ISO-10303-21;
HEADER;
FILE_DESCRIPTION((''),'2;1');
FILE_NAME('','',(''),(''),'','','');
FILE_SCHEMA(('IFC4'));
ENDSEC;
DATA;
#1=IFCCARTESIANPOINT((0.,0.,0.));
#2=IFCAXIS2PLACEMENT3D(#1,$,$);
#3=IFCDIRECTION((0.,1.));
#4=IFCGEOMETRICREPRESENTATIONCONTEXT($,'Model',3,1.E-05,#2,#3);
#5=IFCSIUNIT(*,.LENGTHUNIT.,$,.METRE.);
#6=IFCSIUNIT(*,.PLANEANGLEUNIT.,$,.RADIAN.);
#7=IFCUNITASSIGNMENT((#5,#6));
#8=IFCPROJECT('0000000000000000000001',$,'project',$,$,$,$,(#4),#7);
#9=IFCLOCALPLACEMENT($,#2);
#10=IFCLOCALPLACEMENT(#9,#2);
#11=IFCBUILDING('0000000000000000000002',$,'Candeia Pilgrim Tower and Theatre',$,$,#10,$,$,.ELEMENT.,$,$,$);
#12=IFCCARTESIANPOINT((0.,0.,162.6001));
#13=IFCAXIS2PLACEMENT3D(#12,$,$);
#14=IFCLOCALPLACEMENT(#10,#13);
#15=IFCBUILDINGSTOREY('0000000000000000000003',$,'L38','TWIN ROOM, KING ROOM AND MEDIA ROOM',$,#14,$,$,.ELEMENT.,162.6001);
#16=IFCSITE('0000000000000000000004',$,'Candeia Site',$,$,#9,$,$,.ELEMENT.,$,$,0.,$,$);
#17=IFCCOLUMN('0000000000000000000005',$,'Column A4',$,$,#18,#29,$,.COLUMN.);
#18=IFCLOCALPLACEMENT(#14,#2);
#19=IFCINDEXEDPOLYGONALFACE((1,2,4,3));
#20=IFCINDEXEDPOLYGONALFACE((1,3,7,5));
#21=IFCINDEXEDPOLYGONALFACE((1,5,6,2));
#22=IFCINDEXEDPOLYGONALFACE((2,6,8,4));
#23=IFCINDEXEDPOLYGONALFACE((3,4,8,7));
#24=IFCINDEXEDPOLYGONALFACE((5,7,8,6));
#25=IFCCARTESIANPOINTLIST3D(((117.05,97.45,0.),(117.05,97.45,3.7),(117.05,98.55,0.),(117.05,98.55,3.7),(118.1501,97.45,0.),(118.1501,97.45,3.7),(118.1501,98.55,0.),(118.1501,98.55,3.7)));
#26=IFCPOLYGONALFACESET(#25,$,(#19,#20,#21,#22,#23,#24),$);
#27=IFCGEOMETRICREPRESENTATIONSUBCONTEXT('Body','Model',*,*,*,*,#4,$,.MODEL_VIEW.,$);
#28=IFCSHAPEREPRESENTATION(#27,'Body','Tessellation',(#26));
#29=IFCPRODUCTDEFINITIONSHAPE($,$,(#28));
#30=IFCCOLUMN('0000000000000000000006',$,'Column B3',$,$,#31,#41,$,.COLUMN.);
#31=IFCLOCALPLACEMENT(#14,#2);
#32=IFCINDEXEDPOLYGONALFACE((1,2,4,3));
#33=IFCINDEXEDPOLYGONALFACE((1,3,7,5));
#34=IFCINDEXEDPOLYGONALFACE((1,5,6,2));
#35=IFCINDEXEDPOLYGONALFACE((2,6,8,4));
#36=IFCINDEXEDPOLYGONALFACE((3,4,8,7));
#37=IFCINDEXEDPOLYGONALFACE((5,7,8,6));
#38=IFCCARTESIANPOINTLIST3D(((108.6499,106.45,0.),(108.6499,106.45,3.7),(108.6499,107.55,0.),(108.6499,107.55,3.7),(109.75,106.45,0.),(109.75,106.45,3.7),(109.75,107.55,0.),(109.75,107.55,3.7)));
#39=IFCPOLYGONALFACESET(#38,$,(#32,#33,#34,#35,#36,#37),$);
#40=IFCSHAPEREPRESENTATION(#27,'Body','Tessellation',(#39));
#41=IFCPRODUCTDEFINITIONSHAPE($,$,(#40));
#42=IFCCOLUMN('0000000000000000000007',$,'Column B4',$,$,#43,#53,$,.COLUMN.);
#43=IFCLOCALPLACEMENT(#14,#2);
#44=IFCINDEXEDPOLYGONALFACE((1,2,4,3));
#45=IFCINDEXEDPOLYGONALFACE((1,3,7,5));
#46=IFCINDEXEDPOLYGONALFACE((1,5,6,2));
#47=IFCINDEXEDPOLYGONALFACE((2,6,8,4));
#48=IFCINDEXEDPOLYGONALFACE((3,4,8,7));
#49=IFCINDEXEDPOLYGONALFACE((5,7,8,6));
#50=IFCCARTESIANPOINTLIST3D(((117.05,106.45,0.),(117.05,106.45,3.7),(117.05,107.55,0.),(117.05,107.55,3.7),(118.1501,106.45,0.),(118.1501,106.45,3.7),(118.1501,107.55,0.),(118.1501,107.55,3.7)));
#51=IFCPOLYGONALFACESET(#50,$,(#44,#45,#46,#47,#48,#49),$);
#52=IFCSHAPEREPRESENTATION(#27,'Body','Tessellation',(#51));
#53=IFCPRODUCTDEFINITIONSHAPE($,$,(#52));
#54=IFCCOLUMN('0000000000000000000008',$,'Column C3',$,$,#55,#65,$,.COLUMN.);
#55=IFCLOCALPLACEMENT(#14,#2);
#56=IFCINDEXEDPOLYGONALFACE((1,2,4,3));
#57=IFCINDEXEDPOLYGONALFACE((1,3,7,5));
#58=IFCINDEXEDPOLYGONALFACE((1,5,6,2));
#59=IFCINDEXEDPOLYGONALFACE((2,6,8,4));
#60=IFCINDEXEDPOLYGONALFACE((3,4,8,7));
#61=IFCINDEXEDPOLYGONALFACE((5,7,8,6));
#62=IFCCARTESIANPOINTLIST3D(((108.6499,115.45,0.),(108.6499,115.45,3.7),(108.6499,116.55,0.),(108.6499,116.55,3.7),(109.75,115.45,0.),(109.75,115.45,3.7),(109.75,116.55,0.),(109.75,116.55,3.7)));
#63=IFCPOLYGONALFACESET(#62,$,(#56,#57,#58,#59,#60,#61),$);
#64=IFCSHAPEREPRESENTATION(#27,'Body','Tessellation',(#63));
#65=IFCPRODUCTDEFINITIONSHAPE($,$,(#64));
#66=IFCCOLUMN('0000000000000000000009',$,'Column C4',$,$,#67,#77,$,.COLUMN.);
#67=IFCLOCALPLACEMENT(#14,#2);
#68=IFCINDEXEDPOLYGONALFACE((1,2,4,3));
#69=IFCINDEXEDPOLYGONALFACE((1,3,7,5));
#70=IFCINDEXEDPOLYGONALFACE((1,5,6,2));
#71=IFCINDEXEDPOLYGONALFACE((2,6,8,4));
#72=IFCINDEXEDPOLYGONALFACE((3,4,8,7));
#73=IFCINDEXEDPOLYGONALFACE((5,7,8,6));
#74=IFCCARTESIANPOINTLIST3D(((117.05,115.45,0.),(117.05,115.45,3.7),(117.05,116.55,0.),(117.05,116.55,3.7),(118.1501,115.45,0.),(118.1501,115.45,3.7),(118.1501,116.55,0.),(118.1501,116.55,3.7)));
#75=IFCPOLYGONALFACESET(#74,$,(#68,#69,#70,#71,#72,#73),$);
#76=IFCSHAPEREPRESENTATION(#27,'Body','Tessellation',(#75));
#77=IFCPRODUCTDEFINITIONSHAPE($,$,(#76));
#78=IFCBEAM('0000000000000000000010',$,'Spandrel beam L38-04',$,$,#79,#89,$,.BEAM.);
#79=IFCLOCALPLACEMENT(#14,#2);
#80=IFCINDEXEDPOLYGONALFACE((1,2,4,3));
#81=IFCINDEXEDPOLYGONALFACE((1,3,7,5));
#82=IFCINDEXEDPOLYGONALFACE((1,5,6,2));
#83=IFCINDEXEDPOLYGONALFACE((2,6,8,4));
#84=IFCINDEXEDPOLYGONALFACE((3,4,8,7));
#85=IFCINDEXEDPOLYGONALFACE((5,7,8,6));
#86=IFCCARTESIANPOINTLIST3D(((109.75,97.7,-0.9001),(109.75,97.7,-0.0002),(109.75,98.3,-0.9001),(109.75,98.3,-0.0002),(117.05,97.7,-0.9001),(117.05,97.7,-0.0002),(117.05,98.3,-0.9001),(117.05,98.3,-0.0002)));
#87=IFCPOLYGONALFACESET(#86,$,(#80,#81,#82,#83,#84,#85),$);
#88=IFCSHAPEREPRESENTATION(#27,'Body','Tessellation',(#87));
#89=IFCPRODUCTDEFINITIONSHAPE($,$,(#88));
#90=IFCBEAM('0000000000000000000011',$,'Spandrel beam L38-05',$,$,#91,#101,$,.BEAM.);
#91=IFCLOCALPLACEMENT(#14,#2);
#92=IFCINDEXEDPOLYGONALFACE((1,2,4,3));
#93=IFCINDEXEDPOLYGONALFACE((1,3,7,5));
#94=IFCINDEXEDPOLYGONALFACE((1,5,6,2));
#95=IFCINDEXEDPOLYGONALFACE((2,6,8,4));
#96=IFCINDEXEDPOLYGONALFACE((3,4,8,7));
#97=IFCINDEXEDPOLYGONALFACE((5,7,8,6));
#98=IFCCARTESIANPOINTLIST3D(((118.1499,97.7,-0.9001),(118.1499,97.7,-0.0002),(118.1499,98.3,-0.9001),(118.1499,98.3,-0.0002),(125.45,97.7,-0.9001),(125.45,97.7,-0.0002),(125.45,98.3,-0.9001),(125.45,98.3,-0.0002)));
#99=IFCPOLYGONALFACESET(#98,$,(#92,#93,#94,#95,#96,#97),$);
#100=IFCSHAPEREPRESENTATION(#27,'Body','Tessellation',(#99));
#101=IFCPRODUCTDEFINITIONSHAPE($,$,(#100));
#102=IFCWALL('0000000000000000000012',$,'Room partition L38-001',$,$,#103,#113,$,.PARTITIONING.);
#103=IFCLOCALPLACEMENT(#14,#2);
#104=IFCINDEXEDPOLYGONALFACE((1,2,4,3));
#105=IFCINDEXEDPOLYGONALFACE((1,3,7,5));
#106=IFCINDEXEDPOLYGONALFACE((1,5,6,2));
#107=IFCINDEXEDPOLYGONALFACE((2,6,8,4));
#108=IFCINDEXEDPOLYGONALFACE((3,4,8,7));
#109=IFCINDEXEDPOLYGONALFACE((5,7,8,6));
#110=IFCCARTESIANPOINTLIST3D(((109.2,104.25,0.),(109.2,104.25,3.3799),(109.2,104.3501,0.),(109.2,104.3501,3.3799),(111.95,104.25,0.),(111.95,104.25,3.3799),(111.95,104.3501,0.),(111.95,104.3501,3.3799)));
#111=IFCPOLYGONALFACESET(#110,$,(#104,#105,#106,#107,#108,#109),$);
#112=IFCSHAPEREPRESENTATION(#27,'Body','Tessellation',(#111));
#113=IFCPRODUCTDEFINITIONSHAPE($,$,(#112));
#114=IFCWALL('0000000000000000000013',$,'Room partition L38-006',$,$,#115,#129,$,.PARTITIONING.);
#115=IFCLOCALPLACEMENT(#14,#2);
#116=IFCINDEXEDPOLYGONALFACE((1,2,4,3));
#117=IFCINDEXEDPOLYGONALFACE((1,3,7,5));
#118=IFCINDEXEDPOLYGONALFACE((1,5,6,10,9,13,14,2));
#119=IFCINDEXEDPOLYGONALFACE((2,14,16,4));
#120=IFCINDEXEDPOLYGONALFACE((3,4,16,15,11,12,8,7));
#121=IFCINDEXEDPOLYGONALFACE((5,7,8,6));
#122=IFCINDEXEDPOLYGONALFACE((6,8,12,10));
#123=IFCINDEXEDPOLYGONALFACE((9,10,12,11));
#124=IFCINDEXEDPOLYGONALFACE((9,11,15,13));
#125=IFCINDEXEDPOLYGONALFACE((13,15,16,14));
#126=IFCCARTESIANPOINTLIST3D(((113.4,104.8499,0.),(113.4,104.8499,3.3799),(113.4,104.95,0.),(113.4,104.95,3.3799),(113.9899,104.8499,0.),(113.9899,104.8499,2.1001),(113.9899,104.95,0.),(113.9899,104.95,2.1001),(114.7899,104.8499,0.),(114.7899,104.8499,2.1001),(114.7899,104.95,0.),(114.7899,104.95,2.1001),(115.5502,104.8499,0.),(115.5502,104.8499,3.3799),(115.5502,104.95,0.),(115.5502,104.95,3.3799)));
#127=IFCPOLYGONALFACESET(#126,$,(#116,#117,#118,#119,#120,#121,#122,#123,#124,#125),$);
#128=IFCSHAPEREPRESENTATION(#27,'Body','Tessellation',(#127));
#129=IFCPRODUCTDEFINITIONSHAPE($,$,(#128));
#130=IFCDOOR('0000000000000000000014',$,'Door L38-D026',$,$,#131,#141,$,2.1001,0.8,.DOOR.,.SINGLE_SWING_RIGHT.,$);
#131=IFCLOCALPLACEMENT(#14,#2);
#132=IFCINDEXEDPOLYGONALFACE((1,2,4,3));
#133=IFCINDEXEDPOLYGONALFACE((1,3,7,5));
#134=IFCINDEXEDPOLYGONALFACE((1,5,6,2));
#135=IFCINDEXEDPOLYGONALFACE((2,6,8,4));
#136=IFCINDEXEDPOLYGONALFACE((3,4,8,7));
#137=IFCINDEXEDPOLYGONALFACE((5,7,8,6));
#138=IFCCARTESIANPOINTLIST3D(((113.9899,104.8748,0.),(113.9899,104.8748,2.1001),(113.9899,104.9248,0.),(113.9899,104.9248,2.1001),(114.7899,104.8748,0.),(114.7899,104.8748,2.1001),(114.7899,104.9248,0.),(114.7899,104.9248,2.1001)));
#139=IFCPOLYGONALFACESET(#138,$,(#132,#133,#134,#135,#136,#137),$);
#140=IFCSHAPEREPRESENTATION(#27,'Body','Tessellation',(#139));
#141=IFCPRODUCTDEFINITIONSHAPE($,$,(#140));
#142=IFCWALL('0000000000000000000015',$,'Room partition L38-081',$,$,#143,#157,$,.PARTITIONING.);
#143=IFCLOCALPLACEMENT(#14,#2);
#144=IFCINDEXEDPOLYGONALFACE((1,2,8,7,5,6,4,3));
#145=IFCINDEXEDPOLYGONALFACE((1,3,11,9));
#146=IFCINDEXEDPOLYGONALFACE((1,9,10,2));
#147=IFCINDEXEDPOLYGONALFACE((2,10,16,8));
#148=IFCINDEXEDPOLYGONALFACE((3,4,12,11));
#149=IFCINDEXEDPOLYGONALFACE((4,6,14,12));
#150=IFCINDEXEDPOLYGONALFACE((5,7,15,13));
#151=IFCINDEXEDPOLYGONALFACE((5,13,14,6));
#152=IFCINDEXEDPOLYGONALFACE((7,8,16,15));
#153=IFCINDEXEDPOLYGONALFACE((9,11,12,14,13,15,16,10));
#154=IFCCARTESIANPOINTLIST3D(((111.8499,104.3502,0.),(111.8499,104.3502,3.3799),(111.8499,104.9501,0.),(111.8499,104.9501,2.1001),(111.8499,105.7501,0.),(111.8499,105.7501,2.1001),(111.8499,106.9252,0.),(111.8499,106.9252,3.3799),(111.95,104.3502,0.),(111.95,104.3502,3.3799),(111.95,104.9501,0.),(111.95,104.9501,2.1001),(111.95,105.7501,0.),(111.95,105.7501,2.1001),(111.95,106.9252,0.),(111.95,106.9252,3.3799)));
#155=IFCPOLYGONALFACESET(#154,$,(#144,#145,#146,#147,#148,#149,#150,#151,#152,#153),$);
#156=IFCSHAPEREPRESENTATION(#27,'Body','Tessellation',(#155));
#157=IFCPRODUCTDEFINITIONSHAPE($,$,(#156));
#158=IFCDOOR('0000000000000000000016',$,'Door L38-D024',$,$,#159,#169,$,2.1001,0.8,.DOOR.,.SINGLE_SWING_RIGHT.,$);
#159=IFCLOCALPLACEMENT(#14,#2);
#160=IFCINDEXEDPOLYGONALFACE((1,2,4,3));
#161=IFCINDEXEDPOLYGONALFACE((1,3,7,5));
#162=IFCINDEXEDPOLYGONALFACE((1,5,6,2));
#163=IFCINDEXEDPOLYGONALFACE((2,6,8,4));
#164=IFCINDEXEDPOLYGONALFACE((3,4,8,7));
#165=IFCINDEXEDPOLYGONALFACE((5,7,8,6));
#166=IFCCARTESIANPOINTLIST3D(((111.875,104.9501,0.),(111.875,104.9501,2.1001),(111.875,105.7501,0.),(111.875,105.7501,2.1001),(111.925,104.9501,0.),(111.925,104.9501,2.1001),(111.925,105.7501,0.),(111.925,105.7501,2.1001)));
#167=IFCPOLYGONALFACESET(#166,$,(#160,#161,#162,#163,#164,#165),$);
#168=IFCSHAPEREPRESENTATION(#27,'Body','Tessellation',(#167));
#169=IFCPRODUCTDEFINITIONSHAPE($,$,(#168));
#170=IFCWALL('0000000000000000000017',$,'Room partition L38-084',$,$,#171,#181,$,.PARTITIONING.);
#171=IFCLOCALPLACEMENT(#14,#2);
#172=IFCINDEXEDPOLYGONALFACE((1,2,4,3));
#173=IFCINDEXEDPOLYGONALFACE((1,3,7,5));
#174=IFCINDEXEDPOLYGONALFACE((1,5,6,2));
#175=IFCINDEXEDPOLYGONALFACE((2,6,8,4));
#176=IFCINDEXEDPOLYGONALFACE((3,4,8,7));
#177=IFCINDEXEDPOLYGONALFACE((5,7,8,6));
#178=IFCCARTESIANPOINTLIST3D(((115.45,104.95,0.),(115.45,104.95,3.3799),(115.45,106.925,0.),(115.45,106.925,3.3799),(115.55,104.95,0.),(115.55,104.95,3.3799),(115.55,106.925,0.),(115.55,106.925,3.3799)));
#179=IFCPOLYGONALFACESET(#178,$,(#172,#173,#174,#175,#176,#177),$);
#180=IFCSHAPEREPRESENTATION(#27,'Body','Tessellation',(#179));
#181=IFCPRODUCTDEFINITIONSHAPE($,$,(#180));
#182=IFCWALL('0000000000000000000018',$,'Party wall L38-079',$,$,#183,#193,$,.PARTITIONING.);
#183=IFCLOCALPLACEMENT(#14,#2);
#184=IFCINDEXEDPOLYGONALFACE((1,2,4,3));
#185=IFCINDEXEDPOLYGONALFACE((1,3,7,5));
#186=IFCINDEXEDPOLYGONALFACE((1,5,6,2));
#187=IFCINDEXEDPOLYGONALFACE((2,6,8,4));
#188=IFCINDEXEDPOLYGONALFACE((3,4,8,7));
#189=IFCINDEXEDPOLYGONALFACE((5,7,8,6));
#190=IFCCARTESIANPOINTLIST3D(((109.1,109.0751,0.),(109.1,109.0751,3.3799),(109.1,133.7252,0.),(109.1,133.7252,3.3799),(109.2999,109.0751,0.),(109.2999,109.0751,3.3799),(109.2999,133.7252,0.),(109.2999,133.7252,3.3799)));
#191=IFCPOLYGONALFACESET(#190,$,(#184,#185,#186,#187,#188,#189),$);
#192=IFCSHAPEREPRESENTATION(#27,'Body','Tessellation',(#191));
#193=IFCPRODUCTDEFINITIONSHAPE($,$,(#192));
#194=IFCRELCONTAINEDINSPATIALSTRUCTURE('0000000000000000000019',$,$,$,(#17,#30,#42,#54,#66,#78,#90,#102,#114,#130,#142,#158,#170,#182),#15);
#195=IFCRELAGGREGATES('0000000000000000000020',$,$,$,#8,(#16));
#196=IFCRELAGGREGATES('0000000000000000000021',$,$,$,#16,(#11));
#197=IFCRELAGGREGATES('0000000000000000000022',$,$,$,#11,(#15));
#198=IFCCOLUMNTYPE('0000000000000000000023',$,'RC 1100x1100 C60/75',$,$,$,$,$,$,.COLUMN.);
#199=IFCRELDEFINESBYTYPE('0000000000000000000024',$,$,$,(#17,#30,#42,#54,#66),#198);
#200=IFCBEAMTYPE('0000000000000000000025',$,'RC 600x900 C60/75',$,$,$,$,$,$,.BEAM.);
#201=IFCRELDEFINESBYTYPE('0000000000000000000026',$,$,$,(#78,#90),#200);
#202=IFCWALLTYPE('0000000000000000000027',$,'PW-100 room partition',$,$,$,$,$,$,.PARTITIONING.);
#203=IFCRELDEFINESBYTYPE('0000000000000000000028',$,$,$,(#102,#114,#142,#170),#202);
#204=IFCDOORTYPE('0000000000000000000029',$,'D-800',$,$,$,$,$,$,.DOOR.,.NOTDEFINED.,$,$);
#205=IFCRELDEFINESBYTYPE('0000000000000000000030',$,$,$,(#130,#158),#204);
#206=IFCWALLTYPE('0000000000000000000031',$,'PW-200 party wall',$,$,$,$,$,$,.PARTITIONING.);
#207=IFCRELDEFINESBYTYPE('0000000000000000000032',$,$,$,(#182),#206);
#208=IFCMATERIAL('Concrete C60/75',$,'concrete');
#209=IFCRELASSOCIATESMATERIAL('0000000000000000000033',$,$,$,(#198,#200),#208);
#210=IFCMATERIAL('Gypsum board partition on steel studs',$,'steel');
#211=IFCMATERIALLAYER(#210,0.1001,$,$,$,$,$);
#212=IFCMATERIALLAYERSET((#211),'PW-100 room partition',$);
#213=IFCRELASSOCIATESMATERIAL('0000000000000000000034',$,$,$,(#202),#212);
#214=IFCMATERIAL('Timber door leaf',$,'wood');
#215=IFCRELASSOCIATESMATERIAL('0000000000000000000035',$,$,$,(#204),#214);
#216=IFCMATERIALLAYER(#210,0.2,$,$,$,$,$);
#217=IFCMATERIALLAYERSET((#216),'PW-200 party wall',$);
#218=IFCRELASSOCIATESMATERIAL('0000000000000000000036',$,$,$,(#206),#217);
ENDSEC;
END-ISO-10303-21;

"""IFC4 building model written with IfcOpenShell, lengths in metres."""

from ifc_helpers import new_model, si_unit, direction, frame, frame_2d, origin, origin_2d, place, context, subcontext, project, spatial, rectangle, extrude, material, layer, layer_set, material_profile, profile_set, type_object, element, fill, save


model = new_model("IFC4")

# Units and contexts
model_context = context("Model", 3, precision=1e-05, world=origin(), true_north=direction((0.0, 1.0)))
body_context = subcontext(model_context, "Body", "Model", "MODEL_VIEW")
ifc_project = project(units=[si_unit("LENGTHUNIT", "METRE"), si_unit("PLANEANGLEUNIT", "RADIAN")], contexts=[model_context])

# Site, building, storey
site_placement = place(None, origin())
site = spatial("IfcSite", under=ifc_project, at=site_placement, Name="Candeia Site", CompositionType="ELEMENT", RefElevation=0.0)
building_placement = place(site_placement, origin())
building = spatial("IfcBuilding", under=site, at=building_placement, Name="Candeia Pilgrim Tower and Theatre", CompositionType="ELEMENT")
storey_placement = place(building_placement, frame((0.0, 0.0, 162.6001)))
storey = spatial("IfcBuildingStorey", under=building, at=storey_placement, Name="L38", Description="TWIN ROOM, KING ROOM AND MEDIA ROOM", CompositionType="ELEMENT", Elevation=162.6001)

# Columns
ifc_material_1 = material(Name="Concrete C60/75", Category="concrete")
ifc_material_profile_1 = material_profile(ifc_material_1, rectangle(XDim=1.1001, YDim=1.1001, at=origin_2d()))
ifc_profile_set_1 = profile_set([ifc_material_profile_1], Name="Concrete C60/75")
column_type = type_object("IfcColumnType", Name="RC 1100x1100 C60/75", PredefinedType="COLUMN", material=ifc_profile_set_1)
for number, where, z_axis, x_axis, name in (
    (1, (117.6001, 98.0, 0.0), (0.0, 0.0, 1.0), (1.0, 0.0, 0.0), "Column A4"),
    (2, (109.2, 107.0, 0.0), (0.0, 0.0, 1.0), (1.0, 0.0, 0.0), "Column B3"),
    (3, (117.6001, 107.0, 0.0), (0.0, 0.0, 1.0), (1.0, 0.0, 0.0), "Column B4"),
    (4, (109.2, 116.0, 0.0), (0.0, 0.0, 1.0), (1.0, 0.0, 0.0), "Column C3"),
    (5, (117.6001, 116.0, 0.0), (0.0, 0.0, 1.0), (1.0, 0.0, 0.0), "Column C4"),
):
    element("IfcColumn", number, at=place(storey_placement, frame(where, z_axis=z_axis, x_axis=x_axis)), inside=storey, type_object=column_type, Name=name, PredefinedType="COLUMN", context=body_context, shape_type="SweptSolid", body=[
        extrude(rectangle(XDim=1.1001, YDim=1.1001, at=origin_2d()), origin(), (0.0, 0.0, 1.0), 3.7),
    ])

# Beams
ifc_material_profile_2 = material_profile(ifc_material_1, rectangle(XDim=0.6001, YDim=0.8999, at=origin_2d()))
ifc_profile_set_2 = profile_set([ifc_material_profile_2], Name="Concrete C60/75")
beam_type = type_object("IfcBeamType", Name="RC 600x900 C60/75", PredefinedType="BEAM", material=ifc_profile_set_2)
for number, where, z_axis, x_axis, name in (
    (6, (109.75, 98.0, -0.4502), (1.0, 0.0, 0.0), (0.0, 1.0, 0.0), "Spandrel beam L38-04"),
    (7, (118.1499, 98.0, -0.4502), (1.0, 0.0, 0.0), (0.0, 1.0, 0.0), "Spandrel beam L38-05"),
):
    element("IfcBeam", number, at=place(storey_placement, frame(where, z_axis=z_axis, x_axis=x_axis)), inside=storey, type_object=beam_type, Name=name, PredefinedType="BEAM", context=body_context, shape_type="SweptSolid", body=[
        extrude(rectangle(XDim=0.6001, YDim=0.8999, at=origin_2d()), origin(), (0.0, 0.0, 1.0), 7.3),
    ])

# Wall
ifc_material_2 = material(Name="Gypsum board partition on steel studs", Category="steel")
ifc_layer_1 = layer(ifc_material_2, 0.1001)
ifc_layer_set_1 = layer_set([ifc_layer_1], Name="PW-100 room partition")
wall_type_1 = type_object("IfcWallType", Name="PW-100 room partition", PredefinedType="PARTITIONING", material=ifc_layer_set_1)
wall_1_placement = place(storey_placement, frame((109.2, 104.3, 0.0), z_axis=(0.0, 0.0, 1.0), x_axis=(1.0, 0.0, 0.0)))
element("IfcWall", 8, at=wall_1_placement, inside=storey, type_object=wall_type_1, Name="Room partition L38-001", PredefinedType="PARTITIONING", context=body_context, shape_type="SweptSolid", body=[
    extrude(rectangle(XDim=2.75, YDim=0.1001, at=frame_2d((1.375, 0.0))), origin(), (0.0, 0.0, 1.0), 3.3799),
])

# Walls, openings, doors
wall_2_placement = place(storey_placement, frame((113.3999, 104.8999, 0.0), z_axis=(0.0, 0.0, 1.0), x_axis=(1.0, 0.0, 0.0)))
wall_2 = element("IfcWall", 9, at=wall_2_placement, inside=storey, type_object=wall_type_1, Name="Room partition L38-006", PredefinedType="PARTITIONING", context=body_context, shape_type="SweptSolid", body=[
    extrude(rectangle(XDim=2.1501, YDim=0.1001, at=frame_2d((1.0752, 0.0))), origin(), (0.0, 0.0, 1.0), 3.3799),
])
opening_1_placement = place(wall_2_placement, frame((0.5901, 0.0, 0.0)))
opening_1 = element("IfcOpeningElement", 10, at=opening_1_placement, cuts=wall_2, PredefinedType="OPENING", context=body_context, shape_type="SweptSolid", body=[
    extrude(rectangle(XDim=0.8, YDim=2.1001, at=frame_2d((0.3999, 1.05))), frame((0.0, 0.0601, 0.0), z_axis=(0.0, -1.0, 0.0), x_axis=(1.0, 0.0, 0.0)), (0.0, 0.0, 1.0), 0.1201),
])
ifc_material_3 = material(Name="Timber door leaf", Category="wood")
door_type = type_object("IfcDoorType", Name="D-800", OperationType="NOTDEFINED", PredefinedType="DOOR", material=ifc_material_3)
door_1_placement = place(opening_1_placement, origin())
door_1 = element("IfcDoor", 11, at=door_1_placement, inside=storey, type_object=door_type, Name="Door L38-D026", OperationType="SINGLE_SWING_RIGHT", OverallHeight=2.1001, OverallWidth=0.8, PredefinedType="DOOR", context=body_context, shape_type="SweptSolid", body=[
    extrude(rectangle(XDim=0.8, YDim=2.1001, at=frame_2d((0.3999, 1.05))), frame((0.0, 0.0249, 0.0), z_axis=(0.0, -1.0, 0.0), x_axis=(1.0, 0.0, 0.0)), (0.0, 0.0, 1.0), 0.05),
])
fill(opening_1, door_1)
wall_3_placement = place(storey_placement, frame((111.8999, 104.3501, 0.0), z_axis=(0.0, 0.0, 1.0), x_axis=(0.0, 1.0, 0.0)))
wall_3 = element("IfcWall", 12, at=wall_3_placement, inside=storey, type_object=wall_type_1, Name="Room partition L38-081", PredefinedType="PARTITIONING", context=body_context, shape_type="SweptSolid", body=[
    extrude(rectangle(XDim=2.575, YDim=0.1001, at=frame_2d((1.2876, 0.0))), origin(), (0.0, 0.0, 1.0), 3.3799),
])
opening_2_placement = place(wall_3_placement, frame((0.6001, 0.0, 0.0)))
opening_2 = element("IfcOpeningElement", 13, at=opening_2_placement, cuts=wall_3, PredefinedType="OPENING", context=body_context, shape_type="SweptSolid", body=[
    extrude(rectangle(XDim=0.8, YDim=2.1001, at=frame_2d((0.3999, 1.05))), frame((0.0, 0.0601, 0.0), z_axis=(0.0, -1.0, 0.0), x_axis=(1.0, 0.0, 0.0)), (0.0, 0.0, 1.0), 0.1201),
])
door_2_placement = place(opening_2_placement, origin())
door_2 = element("IfcDoor", 14, at=door_2_placement, inside=storey, type_object=door_type, Name="Door L38-D024", OperationType="SINGLE_SWING_RIGHT", OverallHeight=2.1001, OverallWidth=0.8, PredefinedType="DOOR", context=body_context, shape_type="SweptSolid", body=[
    extrude(rectangle(XDim=0.8, YDim=2.1001, at=frame_2d((0.3999, 1.05))), frame((0.0, 0.0249, 0.0), z_axis=(0.0, -1.0, 0.0), x_axis=(1.0, 0.0, 0.0)), (0.0, 0.0, 1.0), 0.05),
])
fill(opening_2, door_2)

# Walls
wall_4_placement = place(storey_placement, frame((115.5, 104.95, 0.0), z_axis=(0.0, 0.0, 1.0), x_axis=(0.0, 1.0, 0.0)))
element("IfcWall", 15, at=wall_4_placement, inside=storey, type_object=wall_type_1, Name="Room partition L38-084", PredefinedType="PARTITIONING", context=body_context, shape_type="SweptSolid", body=[
    extrude(rectangle(XDim=1.9751, YDim=0.1001, at=frame_2d((0.9875, 0.0))), origin(), (0.0, 0.0, 1.0), 3.3799),
])
ifc_layer_2 = layer(ifc_material_2, 0.2)
ifc_layer_set_2 = layer_set([ifc_layer_2], Name="PW-200 party wall")
wall_type_2 = type_object("IfcWallType", Name="PW-200 party wall", PredefinedType="PARTITIONING", material=ifc_layer_set_2)
wall_5_placement = place(storey_placement, frame((109.2, 109.075, 0.0), z_axis=(0.0, 0.0, 1.0), x_axis=(0.0, 1.0, 0.0)))
element("IfcWall", 16, at=wall_5_placement, inside=storey, type_object=wall_type_2, Name="Party wall L38-079", PredefinedType="PARTITIONING", context=body_context, shape_type="SweptSolid", body=[
    extrude(rectangle(XDim=24.6501, YDim=0.2, at=frame_2d((12.3252, 0.0))), origin(), (0.0, 0.0, 1.0), 3.3799),
])

save(model, "model.ifc")
